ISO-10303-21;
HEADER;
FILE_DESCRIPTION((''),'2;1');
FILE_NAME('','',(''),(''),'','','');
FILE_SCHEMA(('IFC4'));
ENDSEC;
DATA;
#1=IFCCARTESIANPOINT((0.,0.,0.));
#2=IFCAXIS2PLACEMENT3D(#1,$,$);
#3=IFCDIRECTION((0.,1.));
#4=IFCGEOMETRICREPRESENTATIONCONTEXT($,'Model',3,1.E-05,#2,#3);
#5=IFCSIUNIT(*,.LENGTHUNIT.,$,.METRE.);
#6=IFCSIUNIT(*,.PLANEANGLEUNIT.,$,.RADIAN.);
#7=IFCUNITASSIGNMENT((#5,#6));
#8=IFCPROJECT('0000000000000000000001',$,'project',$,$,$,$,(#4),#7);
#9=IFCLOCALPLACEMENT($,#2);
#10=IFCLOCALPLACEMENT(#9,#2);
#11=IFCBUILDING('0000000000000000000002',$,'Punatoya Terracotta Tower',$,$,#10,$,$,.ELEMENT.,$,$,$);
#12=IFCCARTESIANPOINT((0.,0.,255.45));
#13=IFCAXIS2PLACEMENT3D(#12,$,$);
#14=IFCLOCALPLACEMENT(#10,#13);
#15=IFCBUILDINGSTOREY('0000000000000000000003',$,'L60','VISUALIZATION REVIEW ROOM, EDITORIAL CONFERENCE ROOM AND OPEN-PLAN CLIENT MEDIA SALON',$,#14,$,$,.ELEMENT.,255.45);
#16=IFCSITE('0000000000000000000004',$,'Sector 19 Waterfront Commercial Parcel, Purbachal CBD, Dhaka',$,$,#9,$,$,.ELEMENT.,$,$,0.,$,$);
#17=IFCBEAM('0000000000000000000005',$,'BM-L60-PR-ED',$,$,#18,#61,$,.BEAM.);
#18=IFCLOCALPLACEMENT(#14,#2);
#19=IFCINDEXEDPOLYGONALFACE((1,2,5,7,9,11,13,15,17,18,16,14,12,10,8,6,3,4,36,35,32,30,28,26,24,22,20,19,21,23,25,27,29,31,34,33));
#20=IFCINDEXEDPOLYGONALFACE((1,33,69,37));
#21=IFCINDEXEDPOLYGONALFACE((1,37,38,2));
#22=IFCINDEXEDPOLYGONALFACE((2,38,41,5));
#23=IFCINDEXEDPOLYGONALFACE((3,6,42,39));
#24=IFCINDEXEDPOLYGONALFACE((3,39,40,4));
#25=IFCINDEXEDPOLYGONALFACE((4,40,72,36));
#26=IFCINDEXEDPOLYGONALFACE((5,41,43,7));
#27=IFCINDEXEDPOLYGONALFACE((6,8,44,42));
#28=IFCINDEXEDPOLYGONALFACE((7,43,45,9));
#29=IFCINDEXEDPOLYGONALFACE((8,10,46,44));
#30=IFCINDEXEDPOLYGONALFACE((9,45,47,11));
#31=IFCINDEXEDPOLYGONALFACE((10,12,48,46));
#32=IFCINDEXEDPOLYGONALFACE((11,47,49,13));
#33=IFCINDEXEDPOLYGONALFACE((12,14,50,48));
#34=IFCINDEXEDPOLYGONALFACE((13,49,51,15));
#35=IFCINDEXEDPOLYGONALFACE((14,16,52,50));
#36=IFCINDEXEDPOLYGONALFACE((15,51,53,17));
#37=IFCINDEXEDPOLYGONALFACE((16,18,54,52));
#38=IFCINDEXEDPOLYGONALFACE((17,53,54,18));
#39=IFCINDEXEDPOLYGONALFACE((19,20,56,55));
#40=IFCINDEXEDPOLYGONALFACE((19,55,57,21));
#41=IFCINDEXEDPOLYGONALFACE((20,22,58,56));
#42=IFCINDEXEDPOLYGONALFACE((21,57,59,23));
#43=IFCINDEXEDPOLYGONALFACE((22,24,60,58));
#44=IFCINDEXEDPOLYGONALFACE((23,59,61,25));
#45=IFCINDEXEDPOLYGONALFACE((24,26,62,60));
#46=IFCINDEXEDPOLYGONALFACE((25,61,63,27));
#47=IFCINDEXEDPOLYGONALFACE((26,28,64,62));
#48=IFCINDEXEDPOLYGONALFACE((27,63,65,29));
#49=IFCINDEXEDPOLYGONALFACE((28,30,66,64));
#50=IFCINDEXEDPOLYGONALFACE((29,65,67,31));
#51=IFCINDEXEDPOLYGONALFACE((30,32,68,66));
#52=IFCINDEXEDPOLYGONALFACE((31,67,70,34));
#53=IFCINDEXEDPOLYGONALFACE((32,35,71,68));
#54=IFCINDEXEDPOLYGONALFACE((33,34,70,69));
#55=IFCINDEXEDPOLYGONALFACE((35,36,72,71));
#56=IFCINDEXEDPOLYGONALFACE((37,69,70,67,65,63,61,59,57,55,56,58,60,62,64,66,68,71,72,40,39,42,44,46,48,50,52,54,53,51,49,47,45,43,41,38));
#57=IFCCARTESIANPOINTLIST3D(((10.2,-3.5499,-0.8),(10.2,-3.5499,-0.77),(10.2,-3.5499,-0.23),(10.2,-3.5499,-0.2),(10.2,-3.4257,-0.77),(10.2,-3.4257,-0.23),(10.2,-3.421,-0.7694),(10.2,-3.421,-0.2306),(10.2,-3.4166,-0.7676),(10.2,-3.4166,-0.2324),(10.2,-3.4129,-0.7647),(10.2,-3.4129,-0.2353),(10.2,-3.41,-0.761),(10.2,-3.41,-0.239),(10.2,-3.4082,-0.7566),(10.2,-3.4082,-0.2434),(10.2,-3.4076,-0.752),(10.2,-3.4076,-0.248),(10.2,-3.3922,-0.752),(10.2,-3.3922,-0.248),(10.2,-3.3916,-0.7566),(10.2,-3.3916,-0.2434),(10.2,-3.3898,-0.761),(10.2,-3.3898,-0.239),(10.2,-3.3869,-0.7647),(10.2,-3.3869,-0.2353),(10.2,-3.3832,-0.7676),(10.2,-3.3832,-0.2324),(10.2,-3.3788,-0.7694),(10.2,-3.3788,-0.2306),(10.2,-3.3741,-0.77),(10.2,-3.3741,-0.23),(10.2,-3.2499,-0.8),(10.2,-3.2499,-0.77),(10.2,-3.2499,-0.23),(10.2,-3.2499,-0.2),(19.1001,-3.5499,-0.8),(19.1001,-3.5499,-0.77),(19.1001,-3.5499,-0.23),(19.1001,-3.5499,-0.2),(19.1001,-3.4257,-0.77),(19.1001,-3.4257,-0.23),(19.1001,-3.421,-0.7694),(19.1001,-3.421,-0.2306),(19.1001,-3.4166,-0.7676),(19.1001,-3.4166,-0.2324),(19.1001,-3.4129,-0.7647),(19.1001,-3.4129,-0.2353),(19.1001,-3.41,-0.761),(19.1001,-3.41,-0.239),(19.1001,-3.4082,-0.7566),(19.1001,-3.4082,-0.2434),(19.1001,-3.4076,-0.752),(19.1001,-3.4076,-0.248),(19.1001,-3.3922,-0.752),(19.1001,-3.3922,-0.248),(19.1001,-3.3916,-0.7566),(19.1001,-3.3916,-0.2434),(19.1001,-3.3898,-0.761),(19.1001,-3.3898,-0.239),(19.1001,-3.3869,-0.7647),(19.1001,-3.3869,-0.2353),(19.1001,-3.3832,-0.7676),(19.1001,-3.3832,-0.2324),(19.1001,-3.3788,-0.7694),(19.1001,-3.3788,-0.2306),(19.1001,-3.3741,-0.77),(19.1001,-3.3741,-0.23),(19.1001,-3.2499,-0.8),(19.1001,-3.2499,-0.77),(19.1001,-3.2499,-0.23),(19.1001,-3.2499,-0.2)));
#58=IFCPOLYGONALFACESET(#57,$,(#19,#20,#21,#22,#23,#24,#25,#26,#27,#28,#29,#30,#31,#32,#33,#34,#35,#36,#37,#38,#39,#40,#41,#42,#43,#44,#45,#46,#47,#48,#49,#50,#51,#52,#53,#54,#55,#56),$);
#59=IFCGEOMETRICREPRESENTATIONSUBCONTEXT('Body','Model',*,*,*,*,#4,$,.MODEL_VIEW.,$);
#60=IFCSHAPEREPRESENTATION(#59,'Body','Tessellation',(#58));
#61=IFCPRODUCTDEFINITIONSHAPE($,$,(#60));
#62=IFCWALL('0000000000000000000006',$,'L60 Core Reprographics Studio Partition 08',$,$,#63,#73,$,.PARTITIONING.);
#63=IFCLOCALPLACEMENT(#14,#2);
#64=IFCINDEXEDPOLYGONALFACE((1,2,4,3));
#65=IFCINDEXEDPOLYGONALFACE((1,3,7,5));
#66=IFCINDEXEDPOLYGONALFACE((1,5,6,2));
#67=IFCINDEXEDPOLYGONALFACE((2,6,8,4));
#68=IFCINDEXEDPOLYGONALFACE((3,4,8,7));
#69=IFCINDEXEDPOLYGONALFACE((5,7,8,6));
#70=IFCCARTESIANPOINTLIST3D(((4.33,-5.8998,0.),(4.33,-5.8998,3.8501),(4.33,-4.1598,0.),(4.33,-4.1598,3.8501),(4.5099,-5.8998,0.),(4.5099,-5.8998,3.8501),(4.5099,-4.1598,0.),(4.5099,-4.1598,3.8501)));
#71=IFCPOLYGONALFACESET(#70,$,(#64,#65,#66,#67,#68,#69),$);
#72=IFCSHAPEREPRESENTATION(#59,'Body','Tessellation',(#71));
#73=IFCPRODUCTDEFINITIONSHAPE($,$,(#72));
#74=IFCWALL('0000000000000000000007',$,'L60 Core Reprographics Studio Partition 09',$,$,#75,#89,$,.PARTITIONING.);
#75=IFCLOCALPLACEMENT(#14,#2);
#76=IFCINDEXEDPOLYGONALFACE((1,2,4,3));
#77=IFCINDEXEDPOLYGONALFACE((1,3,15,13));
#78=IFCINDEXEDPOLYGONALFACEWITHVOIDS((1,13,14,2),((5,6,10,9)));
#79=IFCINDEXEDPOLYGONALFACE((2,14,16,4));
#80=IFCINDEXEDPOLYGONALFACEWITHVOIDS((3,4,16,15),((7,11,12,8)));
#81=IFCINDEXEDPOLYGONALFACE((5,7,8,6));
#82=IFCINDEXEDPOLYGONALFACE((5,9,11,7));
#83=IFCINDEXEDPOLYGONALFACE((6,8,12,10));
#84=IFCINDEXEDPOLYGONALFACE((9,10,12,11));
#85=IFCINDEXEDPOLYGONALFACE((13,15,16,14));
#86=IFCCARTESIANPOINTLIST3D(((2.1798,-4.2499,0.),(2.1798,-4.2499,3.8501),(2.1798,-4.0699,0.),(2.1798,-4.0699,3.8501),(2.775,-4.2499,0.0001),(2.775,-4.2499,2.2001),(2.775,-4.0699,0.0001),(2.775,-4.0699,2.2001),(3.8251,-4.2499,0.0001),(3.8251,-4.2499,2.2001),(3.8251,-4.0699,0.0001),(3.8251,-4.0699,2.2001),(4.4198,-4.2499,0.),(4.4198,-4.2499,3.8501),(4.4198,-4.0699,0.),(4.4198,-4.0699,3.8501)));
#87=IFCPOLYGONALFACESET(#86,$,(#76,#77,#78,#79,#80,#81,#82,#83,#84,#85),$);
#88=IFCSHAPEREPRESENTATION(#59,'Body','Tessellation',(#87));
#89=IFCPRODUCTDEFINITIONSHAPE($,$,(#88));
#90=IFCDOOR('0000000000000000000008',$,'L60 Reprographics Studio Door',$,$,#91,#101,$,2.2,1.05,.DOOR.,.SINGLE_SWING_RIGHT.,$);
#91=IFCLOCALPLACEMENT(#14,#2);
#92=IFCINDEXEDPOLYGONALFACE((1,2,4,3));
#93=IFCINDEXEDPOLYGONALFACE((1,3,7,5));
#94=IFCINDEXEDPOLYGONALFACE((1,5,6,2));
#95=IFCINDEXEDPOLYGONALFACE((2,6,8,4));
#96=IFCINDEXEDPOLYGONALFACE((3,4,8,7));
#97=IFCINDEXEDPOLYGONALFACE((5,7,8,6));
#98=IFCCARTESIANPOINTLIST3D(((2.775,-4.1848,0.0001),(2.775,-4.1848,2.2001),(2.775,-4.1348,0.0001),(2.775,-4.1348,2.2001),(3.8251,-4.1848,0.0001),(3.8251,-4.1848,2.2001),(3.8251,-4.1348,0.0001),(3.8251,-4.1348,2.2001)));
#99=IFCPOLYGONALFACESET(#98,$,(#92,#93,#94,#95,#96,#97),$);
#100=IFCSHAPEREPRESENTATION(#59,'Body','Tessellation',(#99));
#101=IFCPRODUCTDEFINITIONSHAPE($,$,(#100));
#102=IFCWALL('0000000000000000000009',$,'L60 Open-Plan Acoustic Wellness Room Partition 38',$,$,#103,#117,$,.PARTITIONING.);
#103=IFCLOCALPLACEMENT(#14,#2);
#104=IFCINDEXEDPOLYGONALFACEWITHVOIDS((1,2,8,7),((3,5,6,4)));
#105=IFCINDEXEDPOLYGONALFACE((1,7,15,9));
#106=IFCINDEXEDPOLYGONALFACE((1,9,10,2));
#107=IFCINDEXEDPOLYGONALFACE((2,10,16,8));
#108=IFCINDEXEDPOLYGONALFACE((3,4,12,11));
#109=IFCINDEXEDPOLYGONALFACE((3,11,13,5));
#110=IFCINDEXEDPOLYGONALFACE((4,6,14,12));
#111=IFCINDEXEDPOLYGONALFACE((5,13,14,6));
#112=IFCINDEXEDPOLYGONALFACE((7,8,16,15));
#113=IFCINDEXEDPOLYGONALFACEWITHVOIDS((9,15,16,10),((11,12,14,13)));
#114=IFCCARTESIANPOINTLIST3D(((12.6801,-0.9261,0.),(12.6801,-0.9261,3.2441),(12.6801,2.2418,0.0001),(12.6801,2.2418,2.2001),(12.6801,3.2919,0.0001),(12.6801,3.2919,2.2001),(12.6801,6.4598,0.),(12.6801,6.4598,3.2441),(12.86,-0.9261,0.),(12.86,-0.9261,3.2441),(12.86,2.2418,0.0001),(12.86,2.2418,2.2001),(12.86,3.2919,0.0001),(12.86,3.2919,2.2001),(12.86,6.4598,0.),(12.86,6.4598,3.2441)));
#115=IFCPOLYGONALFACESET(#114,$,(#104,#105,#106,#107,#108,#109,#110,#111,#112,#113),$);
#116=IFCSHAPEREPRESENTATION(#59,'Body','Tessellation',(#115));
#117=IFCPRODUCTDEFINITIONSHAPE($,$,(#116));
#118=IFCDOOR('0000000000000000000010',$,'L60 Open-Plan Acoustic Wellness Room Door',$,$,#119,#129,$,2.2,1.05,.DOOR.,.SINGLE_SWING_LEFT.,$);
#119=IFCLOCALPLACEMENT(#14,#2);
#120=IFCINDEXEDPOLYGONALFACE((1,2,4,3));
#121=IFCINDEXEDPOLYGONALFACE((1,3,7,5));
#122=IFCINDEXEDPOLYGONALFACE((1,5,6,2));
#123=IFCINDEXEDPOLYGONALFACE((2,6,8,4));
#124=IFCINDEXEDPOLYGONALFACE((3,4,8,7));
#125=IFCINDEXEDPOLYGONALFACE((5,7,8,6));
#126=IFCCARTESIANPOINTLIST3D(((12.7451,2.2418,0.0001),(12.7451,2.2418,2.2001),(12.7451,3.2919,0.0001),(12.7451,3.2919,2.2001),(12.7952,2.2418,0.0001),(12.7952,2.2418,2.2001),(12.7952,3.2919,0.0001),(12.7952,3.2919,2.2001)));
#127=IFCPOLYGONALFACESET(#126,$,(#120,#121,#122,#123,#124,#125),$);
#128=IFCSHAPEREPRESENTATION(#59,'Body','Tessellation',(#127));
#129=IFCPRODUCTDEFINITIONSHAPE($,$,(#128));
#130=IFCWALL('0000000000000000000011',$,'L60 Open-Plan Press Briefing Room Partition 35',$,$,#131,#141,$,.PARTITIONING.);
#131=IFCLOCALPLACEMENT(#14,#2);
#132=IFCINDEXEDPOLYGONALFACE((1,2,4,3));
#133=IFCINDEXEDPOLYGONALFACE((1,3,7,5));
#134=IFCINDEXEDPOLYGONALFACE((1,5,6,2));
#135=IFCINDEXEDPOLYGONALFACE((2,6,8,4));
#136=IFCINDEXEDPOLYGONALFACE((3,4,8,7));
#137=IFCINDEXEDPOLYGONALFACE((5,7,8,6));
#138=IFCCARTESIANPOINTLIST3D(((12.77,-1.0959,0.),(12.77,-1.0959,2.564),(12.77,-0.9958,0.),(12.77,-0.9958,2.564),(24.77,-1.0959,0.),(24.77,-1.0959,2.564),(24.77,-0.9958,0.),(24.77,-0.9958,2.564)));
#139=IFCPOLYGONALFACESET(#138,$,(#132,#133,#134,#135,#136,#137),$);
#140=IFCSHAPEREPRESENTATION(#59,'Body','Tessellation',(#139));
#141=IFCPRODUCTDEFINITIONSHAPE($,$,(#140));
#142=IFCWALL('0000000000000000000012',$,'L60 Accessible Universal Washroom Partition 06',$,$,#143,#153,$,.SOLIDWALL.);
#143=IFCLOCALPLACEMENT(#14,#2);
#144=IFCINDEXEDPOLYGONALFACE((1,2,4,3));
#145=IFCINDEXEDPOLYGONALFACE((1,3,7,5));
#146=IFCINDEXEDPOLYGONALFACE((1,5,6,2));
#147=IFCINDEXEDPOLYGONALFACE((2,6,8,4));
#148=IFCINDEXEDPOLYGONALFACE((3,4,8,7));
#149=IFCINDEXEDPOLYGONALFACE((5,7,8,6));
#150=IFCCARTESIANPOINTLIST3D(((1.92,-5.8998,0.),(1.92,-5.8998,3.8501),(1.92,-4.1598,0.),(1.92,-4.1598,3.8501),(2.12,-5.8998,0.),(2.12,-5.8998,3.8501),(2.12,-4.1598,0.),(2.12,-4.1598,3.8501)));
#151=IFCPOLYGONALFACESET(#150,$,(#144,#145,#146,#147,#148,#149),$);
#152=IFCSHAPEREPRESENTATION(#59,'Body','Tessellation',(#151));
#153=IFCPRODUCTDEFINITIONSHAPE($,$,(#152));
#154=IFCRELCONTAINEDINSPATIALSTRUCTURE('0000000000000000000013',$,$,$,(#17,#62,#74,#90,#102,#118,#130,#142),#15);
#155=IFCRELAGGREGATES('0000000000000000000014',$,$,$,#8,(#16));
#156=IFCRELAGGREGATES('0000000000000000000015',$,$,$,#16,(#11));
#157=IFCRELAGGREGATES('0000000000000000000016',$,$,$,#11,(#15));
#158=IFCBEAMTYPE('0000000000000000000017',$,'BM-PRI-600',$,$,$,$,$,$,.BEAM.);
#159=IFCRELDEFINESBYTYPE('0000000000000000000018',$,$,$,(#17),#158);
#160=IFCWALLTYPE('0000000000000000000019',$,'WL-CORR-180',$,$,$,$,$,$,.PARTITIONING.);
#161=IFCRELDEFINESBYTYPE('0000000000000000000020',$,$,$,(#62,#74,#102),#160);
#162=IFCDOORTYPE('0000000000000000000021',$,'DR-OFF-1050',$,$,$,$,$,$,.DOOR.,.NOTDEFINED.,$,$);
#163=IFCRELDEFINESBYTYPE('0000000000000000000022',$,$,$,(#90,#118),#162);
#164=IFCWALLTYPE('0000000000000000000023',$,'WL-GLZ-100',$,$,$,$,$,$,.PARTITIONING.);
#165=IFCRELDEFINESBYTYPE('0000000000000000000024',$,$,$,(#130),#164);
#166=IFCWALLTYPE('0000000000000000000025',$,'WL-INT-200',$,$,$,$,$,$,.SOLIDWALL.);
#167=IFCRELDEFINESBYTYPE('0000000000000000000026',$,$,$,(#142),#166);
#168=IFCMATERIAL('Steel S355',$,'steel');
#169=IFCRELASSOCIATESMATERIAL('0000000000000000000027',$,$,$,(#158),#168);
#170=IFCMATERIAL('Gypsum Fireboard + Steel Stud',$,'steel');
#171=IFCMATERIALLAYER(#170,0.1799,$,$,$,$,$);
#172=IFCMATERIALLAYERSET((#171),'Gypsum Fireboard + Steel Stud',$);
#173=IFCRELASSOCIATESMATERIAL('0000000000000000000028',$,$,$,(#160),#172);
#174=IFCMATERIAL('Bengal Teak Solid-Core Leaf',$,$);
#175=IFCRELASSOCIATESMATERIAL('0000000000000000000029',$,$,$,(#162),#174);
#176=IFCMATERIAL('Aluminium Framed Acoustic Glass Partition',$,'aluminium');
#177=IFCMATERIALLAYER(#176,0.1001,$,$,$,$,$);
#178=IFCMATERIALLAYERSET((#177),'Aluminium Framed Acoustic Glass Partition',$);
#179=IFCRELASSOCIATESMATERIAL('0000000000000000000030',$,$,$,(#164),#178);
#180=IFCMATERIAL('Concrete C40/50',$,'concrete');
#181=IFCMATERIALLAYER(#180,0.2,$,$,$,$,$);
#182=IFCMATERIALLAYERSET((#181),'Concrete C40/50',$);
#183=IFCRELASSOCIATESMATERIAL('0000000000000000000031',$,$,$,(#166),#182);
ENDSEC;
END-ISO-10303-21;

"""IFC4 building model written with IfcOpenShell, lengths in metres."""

from ifc_helpers import new_model, si_unit, direction, frame, frame_2d, origin, origin_2d, place, context, subcontext, project, spatial, rectangle, i_section, extrude, material, layer, layer_set, material_profile, profile_set, type_object, element, fill, save


model = new_model("IFC4")

# Units and contexts
model_context = context("Model", 3, precision=1e-05, world=origin(), true_north=direction((0.0, 1.0)))
body_context = subcontext(model_context, "Body", "Model", "MODEL_VIEW")
ifc_project = project(units=[si_unit("LENGTHUNIT", "METRE"), si_unit("PLANEANGLEUNIT", "RADIAN")], contexts=[model_context])

# Site, building, storey
site_placement = place(None, origin())
site = spatial("IfcSite", under=ifc_project, at=site_placement, Name="Sector 19 Waterfront Commercial Parcel, Purbachal CBD, Dhaka", CompositionType="ELEMENT", RefElevation=0.0)
building_placement = place(site_placement, origin())
building = spatial("IfcBuilding", under=site, at=building_placement, Name="Punatoya Terracotta Tower", CompositionType="ELEMENT")
storey_placement = place(building_placement, frame((0.0, 0.0, 255.45)))
storey = spatial("IfcBuildingStorey", under=building, at=storey_placement, Name="L60", Description="VISUALIZATION REVIEW ROOM, EDITORIAL CONFERENCE ROOM AND OPEN-PLAN CLIENT MEDIA SALON", CompositionType="ELEMENT", Elevation=255.45)

# Beam
ifc_material_1 = material(Name="Steel S355", Category="steel")
ifc_material_profile = material_profile(ifc_material_1, i_section(OverallWidth=0.3, OverallDepth=0.6001, WebThickness=0.0154, FlangeThickness=0.03, FilletRadius=0.0181, at=origin_2d()))
ifc_profile_set = profile_set([ifc_material_profile], Name="Steel S355")
beam_type = type_object("IfcBeamType", Name="BM-PRI-600", PredefinedType="BEAM", material=ifc_profile_set)
beam_placement = place(storey_placement, frame((10.2, -3.3999, -0.5), z_axis=(1.0, 0.0, 0.0), x_axis=(0.0, 1.0, 0.0)))
element("IfcBeam", 1, at=beam_placement, inside=storey, type_object=beam_type, Name="BM-L60-PR-ED", PredefinedType="BEAM", context=body_context, shape_type="SweptSolid", body=[
    extrude(i_section(OverallWidth=0.3, OverallDepth=0.6001, WebThickness=0.0154, FlangeThickness=0.03, FilletRadius=0.0181, at=origin_2d()), origin(), (0.0, 0.0, 1.0), 8.9001),
])

# Wall
ifc_material_2 = material(Name="Gypsum Fireboard + Steel Stud", Category="steel")
ifc_layer_1 = layer(ifc_material_2, 0.1799)
ifc_layer_set_1 = layer_set([ifc_layer_1], Name="Gypsum Fireboard + Steel Stud")
wall_type_1 = type_object("IfcWallType", Name="WL-CORR-180", PredefinedType="PARTITIONING", material=ifc_layer_set_1)
wall_1_placement = place(storey_placement, frame((4.4199, -5.8999, 0.0), z_axis=(0.0, 0.0, 1.0), x_axis=(0.0, 1.0, 0.0)))
element("IfcWall", 2, at=wall_1_placement, inside=storey, type_object=wall_type_1, Name="L60 Core Reprographics Studio Partition 08", PredefinedType="PARTITIONING", context=body_context, shape_type="SweptSolid", body=[
    extrude(rectangle(XDim=1.74, YDim=0.1799, at=frame_2d((0.8701, 0.0))), origin(), (0.0, 0.0, 1.0), 3.8501),
])

# Walls, openings, doors
wall_2_placement = place(storey_placement, frame((4.4199, -4.1599, 0.0), z_axis=(0.0, 0.0, 1.0), x_axis=(-1.0, 0.0, 0.0)))
wall_2 = element("IfcWall", 3, at=wall_2_placement, inside=storey, type_object=wall_type_1, Name="L60 Core Reprographics Studio Partition 09", PredefinedType="PARTITIONING", context=body_context, shape_type="SweptSolid", body=[
    extrude(rectangle(XDim=2.24, YDim=0.1799, at=frame_2d((1.1201, 0.0))), origin(), (0.0, 0.0, 1.0), 3.8501),
])
opening_1_placement = place(wall_2_placement, frame((0.595, 0.0, 0.0)))
opening_1 = element("IfcOpeningElement", 4, at=opening_1_placement, cuts=wall_2, PredefinedType="OPENING", context=body_context, shape_type="SweptSolid", body=[
    extrude(rectangle(XDim=1.05, YDim=2.2, at=frame_2d((0.5249, 1.1001))), frame((0.0, 0.0999, 0.0), z_axis=(0.0, -1.0, 0.0), x_axis=(1.0, 0.0, 0.0)), (0.0, 0.0, 1.0), 0.2),
])
ifc_material_3 = material(Name="Bengal Teak Solid-Core Leaf")
door_type_1 = type_object("IfcDoorType", Name="DR-OFF-1050", OperationType="NOTDEFINED", PredefinedType="DOOR", material=ifc_material_3)
door_1_placement = place(opening_1_placement, origin())
door_1 = element("IfcDoor", 5, at=door_1_placement, inside=storey, type_object=door_type_1, Name="L60 Reprographics Studio Door", OperationType="SINGLE_SWING_RIGHT", OverallHeight=2.2, OverallWidth=1.05, PredefinedType="DOOR", context=body_context, shape_type="SweptSolid", body=[
    extrude(rectangle(XDim=1.05, YDim=2.2, at=frame_2d((0.5249, 1.1001))), frame((0.0, 0.0249, 0.0), z_axis=(0.0, -1.0, 0.0), x_axis=(1.0, 0.0, 0.0)), (0.0, 0.0, 1.0), 0.05),
])
fill(opening_1, door_1)
wall_3_placement = place(storey_placement, frame((12.77, -0.926, 0.0), z_axis=(0.0, 0.0, 1.0), x_axis=(0.0, 1.0, 0.0)))
wall_3 = element("IfcWall", 6, at=wall_3_placement, inside=storey, type_object=wall_type_1, Name="L60 Open-Plan Acoustic Wellness Room Partition 38", PredefinedType="PARTITIONING", context=body_context, shape_type="SweptSolid", body=[
    extrude(rectangle(XDim=7.386, YDim=0.1799, at=frame_2d((3.6929, 0.0))), origin(), (0.0, 0.0, 1.0), 3.2441),
])
opening_2_placement = place(wall_3_placement, frame((3.168, 0.0, 0.0)))
opening_2 = element("IfcOpeningElement", 7, at=opening_2_placement, cuts=wall_3, PredefinedType="OPENING", context=body_context, shape_type="SweptSolid", body=[
    extrude(rectangle(XDim=1.05, YDim=2.2, at=frame_2d((0.5249, 1.1001))), frame((0.0, 0.0999, 0.0), z_axis=(0.0, -1.0, 0.0), x_axis=(1.0, 0.0, 0.0)), (0.0, 0.0, 1.0), 0.2),
])
door_2_placement = place(opening_2_placement, origin())
door_2 = element("IfcDoor", 8, at=door_2_placement, inside=storey, type_object=door_type_1, Name="L60 Open-Plan Acoustic Wellness Room Door", OperationType="SINGLE_SWING_LEFT", OverallHeight=2.2, OverallWidth=1.05, PredefinedType="DOOR", context=body_context, shape_type="SweptSolid", body=[
    extrude(rectangle(XDim=1.05, YDim=2.2, at=frame_2d((0.5249, 1.1001))), frame((0.0, 0.0249, 0.0), z_axis=(0.0, -1.0, 0.0), x_axis=(1.0, 0.0, 0.0)), (0.0, 0.0, 1.0), 0.05),
])
fill(opening_2, door_2)

# Walls
ifc_material_4 = material(Name="Aluminium Framed Acoustic Glass Partition", Category="aluminium")
ifc_layer_2 = layer(ifc_material_4, 0.1001)
ifc_layer_set_2 = layer_set([ifc_layer_2], Name="Aluminium Framed Acoustic Glass Partition")
wall_type_2 = type_object("IfcWallType", Name="WL-GLZ-100", PredefinedType="PARTITIONING", material=ifc_layer_set_2)
wall_4_placement = place(storey_placement, frame((12.77, -1.0459, 0.0), z_axis=(0.0, 0.0, 1.0), x_axis=(1.0, 0.0, 0.0)))
element("IfcWall", 9, at=wall_4_placement, inside=storey, type_object=wall_type_2, Name="L60 Open-Plan Press Briefing Room Partition 35", PredefinedType="PARTITIONING", context=body_context, shape_type="SweptSolid", body=[
    extrude(rectangle(XDim=12.0, YDim=0.1001, at=frame_2d((6.0, 0.0))), origin(), (0.0, 0.0, 1.0), 2.564),
])
ifc_material_5 = material(Name="Concrete C40/50", Category="concrete")
ifc_layer_3 = layer(ifc_material_5, 0.2)
ifc_layer_set_3 = layer_set([ifc_layer_3], Name="Concrete C40/50")
wall_type_3 = type_object("IfcWallType", Name="WL-INT-200", PredefinedType="SOLIDWALL", material=ifc_layer_set_3)
wall_5_placement = place(storey_placement, frame((2.02, -5.8999, 0.0), z_axis=(0.0, 0.0, 1.0), x_axis=(0.0, 1.0, 0.0)))
element("IfcWall", 10, at=wall_5_placement, inside=storey, type_object=wall_type_3, Name="L60 Accessible Universal Washroom Partition 06", PredefinedType="SOLIDWALL", context=body_context, shape_type="SweptSolid", body=[
    extrude(rectangle(XDim=1.74, YDim=0.2, at=frame_2d((0.8701, 0.0))), origin(), (0.0, 0.0, 1.0), 3.8501),
])

save(model, "model.ifc")
